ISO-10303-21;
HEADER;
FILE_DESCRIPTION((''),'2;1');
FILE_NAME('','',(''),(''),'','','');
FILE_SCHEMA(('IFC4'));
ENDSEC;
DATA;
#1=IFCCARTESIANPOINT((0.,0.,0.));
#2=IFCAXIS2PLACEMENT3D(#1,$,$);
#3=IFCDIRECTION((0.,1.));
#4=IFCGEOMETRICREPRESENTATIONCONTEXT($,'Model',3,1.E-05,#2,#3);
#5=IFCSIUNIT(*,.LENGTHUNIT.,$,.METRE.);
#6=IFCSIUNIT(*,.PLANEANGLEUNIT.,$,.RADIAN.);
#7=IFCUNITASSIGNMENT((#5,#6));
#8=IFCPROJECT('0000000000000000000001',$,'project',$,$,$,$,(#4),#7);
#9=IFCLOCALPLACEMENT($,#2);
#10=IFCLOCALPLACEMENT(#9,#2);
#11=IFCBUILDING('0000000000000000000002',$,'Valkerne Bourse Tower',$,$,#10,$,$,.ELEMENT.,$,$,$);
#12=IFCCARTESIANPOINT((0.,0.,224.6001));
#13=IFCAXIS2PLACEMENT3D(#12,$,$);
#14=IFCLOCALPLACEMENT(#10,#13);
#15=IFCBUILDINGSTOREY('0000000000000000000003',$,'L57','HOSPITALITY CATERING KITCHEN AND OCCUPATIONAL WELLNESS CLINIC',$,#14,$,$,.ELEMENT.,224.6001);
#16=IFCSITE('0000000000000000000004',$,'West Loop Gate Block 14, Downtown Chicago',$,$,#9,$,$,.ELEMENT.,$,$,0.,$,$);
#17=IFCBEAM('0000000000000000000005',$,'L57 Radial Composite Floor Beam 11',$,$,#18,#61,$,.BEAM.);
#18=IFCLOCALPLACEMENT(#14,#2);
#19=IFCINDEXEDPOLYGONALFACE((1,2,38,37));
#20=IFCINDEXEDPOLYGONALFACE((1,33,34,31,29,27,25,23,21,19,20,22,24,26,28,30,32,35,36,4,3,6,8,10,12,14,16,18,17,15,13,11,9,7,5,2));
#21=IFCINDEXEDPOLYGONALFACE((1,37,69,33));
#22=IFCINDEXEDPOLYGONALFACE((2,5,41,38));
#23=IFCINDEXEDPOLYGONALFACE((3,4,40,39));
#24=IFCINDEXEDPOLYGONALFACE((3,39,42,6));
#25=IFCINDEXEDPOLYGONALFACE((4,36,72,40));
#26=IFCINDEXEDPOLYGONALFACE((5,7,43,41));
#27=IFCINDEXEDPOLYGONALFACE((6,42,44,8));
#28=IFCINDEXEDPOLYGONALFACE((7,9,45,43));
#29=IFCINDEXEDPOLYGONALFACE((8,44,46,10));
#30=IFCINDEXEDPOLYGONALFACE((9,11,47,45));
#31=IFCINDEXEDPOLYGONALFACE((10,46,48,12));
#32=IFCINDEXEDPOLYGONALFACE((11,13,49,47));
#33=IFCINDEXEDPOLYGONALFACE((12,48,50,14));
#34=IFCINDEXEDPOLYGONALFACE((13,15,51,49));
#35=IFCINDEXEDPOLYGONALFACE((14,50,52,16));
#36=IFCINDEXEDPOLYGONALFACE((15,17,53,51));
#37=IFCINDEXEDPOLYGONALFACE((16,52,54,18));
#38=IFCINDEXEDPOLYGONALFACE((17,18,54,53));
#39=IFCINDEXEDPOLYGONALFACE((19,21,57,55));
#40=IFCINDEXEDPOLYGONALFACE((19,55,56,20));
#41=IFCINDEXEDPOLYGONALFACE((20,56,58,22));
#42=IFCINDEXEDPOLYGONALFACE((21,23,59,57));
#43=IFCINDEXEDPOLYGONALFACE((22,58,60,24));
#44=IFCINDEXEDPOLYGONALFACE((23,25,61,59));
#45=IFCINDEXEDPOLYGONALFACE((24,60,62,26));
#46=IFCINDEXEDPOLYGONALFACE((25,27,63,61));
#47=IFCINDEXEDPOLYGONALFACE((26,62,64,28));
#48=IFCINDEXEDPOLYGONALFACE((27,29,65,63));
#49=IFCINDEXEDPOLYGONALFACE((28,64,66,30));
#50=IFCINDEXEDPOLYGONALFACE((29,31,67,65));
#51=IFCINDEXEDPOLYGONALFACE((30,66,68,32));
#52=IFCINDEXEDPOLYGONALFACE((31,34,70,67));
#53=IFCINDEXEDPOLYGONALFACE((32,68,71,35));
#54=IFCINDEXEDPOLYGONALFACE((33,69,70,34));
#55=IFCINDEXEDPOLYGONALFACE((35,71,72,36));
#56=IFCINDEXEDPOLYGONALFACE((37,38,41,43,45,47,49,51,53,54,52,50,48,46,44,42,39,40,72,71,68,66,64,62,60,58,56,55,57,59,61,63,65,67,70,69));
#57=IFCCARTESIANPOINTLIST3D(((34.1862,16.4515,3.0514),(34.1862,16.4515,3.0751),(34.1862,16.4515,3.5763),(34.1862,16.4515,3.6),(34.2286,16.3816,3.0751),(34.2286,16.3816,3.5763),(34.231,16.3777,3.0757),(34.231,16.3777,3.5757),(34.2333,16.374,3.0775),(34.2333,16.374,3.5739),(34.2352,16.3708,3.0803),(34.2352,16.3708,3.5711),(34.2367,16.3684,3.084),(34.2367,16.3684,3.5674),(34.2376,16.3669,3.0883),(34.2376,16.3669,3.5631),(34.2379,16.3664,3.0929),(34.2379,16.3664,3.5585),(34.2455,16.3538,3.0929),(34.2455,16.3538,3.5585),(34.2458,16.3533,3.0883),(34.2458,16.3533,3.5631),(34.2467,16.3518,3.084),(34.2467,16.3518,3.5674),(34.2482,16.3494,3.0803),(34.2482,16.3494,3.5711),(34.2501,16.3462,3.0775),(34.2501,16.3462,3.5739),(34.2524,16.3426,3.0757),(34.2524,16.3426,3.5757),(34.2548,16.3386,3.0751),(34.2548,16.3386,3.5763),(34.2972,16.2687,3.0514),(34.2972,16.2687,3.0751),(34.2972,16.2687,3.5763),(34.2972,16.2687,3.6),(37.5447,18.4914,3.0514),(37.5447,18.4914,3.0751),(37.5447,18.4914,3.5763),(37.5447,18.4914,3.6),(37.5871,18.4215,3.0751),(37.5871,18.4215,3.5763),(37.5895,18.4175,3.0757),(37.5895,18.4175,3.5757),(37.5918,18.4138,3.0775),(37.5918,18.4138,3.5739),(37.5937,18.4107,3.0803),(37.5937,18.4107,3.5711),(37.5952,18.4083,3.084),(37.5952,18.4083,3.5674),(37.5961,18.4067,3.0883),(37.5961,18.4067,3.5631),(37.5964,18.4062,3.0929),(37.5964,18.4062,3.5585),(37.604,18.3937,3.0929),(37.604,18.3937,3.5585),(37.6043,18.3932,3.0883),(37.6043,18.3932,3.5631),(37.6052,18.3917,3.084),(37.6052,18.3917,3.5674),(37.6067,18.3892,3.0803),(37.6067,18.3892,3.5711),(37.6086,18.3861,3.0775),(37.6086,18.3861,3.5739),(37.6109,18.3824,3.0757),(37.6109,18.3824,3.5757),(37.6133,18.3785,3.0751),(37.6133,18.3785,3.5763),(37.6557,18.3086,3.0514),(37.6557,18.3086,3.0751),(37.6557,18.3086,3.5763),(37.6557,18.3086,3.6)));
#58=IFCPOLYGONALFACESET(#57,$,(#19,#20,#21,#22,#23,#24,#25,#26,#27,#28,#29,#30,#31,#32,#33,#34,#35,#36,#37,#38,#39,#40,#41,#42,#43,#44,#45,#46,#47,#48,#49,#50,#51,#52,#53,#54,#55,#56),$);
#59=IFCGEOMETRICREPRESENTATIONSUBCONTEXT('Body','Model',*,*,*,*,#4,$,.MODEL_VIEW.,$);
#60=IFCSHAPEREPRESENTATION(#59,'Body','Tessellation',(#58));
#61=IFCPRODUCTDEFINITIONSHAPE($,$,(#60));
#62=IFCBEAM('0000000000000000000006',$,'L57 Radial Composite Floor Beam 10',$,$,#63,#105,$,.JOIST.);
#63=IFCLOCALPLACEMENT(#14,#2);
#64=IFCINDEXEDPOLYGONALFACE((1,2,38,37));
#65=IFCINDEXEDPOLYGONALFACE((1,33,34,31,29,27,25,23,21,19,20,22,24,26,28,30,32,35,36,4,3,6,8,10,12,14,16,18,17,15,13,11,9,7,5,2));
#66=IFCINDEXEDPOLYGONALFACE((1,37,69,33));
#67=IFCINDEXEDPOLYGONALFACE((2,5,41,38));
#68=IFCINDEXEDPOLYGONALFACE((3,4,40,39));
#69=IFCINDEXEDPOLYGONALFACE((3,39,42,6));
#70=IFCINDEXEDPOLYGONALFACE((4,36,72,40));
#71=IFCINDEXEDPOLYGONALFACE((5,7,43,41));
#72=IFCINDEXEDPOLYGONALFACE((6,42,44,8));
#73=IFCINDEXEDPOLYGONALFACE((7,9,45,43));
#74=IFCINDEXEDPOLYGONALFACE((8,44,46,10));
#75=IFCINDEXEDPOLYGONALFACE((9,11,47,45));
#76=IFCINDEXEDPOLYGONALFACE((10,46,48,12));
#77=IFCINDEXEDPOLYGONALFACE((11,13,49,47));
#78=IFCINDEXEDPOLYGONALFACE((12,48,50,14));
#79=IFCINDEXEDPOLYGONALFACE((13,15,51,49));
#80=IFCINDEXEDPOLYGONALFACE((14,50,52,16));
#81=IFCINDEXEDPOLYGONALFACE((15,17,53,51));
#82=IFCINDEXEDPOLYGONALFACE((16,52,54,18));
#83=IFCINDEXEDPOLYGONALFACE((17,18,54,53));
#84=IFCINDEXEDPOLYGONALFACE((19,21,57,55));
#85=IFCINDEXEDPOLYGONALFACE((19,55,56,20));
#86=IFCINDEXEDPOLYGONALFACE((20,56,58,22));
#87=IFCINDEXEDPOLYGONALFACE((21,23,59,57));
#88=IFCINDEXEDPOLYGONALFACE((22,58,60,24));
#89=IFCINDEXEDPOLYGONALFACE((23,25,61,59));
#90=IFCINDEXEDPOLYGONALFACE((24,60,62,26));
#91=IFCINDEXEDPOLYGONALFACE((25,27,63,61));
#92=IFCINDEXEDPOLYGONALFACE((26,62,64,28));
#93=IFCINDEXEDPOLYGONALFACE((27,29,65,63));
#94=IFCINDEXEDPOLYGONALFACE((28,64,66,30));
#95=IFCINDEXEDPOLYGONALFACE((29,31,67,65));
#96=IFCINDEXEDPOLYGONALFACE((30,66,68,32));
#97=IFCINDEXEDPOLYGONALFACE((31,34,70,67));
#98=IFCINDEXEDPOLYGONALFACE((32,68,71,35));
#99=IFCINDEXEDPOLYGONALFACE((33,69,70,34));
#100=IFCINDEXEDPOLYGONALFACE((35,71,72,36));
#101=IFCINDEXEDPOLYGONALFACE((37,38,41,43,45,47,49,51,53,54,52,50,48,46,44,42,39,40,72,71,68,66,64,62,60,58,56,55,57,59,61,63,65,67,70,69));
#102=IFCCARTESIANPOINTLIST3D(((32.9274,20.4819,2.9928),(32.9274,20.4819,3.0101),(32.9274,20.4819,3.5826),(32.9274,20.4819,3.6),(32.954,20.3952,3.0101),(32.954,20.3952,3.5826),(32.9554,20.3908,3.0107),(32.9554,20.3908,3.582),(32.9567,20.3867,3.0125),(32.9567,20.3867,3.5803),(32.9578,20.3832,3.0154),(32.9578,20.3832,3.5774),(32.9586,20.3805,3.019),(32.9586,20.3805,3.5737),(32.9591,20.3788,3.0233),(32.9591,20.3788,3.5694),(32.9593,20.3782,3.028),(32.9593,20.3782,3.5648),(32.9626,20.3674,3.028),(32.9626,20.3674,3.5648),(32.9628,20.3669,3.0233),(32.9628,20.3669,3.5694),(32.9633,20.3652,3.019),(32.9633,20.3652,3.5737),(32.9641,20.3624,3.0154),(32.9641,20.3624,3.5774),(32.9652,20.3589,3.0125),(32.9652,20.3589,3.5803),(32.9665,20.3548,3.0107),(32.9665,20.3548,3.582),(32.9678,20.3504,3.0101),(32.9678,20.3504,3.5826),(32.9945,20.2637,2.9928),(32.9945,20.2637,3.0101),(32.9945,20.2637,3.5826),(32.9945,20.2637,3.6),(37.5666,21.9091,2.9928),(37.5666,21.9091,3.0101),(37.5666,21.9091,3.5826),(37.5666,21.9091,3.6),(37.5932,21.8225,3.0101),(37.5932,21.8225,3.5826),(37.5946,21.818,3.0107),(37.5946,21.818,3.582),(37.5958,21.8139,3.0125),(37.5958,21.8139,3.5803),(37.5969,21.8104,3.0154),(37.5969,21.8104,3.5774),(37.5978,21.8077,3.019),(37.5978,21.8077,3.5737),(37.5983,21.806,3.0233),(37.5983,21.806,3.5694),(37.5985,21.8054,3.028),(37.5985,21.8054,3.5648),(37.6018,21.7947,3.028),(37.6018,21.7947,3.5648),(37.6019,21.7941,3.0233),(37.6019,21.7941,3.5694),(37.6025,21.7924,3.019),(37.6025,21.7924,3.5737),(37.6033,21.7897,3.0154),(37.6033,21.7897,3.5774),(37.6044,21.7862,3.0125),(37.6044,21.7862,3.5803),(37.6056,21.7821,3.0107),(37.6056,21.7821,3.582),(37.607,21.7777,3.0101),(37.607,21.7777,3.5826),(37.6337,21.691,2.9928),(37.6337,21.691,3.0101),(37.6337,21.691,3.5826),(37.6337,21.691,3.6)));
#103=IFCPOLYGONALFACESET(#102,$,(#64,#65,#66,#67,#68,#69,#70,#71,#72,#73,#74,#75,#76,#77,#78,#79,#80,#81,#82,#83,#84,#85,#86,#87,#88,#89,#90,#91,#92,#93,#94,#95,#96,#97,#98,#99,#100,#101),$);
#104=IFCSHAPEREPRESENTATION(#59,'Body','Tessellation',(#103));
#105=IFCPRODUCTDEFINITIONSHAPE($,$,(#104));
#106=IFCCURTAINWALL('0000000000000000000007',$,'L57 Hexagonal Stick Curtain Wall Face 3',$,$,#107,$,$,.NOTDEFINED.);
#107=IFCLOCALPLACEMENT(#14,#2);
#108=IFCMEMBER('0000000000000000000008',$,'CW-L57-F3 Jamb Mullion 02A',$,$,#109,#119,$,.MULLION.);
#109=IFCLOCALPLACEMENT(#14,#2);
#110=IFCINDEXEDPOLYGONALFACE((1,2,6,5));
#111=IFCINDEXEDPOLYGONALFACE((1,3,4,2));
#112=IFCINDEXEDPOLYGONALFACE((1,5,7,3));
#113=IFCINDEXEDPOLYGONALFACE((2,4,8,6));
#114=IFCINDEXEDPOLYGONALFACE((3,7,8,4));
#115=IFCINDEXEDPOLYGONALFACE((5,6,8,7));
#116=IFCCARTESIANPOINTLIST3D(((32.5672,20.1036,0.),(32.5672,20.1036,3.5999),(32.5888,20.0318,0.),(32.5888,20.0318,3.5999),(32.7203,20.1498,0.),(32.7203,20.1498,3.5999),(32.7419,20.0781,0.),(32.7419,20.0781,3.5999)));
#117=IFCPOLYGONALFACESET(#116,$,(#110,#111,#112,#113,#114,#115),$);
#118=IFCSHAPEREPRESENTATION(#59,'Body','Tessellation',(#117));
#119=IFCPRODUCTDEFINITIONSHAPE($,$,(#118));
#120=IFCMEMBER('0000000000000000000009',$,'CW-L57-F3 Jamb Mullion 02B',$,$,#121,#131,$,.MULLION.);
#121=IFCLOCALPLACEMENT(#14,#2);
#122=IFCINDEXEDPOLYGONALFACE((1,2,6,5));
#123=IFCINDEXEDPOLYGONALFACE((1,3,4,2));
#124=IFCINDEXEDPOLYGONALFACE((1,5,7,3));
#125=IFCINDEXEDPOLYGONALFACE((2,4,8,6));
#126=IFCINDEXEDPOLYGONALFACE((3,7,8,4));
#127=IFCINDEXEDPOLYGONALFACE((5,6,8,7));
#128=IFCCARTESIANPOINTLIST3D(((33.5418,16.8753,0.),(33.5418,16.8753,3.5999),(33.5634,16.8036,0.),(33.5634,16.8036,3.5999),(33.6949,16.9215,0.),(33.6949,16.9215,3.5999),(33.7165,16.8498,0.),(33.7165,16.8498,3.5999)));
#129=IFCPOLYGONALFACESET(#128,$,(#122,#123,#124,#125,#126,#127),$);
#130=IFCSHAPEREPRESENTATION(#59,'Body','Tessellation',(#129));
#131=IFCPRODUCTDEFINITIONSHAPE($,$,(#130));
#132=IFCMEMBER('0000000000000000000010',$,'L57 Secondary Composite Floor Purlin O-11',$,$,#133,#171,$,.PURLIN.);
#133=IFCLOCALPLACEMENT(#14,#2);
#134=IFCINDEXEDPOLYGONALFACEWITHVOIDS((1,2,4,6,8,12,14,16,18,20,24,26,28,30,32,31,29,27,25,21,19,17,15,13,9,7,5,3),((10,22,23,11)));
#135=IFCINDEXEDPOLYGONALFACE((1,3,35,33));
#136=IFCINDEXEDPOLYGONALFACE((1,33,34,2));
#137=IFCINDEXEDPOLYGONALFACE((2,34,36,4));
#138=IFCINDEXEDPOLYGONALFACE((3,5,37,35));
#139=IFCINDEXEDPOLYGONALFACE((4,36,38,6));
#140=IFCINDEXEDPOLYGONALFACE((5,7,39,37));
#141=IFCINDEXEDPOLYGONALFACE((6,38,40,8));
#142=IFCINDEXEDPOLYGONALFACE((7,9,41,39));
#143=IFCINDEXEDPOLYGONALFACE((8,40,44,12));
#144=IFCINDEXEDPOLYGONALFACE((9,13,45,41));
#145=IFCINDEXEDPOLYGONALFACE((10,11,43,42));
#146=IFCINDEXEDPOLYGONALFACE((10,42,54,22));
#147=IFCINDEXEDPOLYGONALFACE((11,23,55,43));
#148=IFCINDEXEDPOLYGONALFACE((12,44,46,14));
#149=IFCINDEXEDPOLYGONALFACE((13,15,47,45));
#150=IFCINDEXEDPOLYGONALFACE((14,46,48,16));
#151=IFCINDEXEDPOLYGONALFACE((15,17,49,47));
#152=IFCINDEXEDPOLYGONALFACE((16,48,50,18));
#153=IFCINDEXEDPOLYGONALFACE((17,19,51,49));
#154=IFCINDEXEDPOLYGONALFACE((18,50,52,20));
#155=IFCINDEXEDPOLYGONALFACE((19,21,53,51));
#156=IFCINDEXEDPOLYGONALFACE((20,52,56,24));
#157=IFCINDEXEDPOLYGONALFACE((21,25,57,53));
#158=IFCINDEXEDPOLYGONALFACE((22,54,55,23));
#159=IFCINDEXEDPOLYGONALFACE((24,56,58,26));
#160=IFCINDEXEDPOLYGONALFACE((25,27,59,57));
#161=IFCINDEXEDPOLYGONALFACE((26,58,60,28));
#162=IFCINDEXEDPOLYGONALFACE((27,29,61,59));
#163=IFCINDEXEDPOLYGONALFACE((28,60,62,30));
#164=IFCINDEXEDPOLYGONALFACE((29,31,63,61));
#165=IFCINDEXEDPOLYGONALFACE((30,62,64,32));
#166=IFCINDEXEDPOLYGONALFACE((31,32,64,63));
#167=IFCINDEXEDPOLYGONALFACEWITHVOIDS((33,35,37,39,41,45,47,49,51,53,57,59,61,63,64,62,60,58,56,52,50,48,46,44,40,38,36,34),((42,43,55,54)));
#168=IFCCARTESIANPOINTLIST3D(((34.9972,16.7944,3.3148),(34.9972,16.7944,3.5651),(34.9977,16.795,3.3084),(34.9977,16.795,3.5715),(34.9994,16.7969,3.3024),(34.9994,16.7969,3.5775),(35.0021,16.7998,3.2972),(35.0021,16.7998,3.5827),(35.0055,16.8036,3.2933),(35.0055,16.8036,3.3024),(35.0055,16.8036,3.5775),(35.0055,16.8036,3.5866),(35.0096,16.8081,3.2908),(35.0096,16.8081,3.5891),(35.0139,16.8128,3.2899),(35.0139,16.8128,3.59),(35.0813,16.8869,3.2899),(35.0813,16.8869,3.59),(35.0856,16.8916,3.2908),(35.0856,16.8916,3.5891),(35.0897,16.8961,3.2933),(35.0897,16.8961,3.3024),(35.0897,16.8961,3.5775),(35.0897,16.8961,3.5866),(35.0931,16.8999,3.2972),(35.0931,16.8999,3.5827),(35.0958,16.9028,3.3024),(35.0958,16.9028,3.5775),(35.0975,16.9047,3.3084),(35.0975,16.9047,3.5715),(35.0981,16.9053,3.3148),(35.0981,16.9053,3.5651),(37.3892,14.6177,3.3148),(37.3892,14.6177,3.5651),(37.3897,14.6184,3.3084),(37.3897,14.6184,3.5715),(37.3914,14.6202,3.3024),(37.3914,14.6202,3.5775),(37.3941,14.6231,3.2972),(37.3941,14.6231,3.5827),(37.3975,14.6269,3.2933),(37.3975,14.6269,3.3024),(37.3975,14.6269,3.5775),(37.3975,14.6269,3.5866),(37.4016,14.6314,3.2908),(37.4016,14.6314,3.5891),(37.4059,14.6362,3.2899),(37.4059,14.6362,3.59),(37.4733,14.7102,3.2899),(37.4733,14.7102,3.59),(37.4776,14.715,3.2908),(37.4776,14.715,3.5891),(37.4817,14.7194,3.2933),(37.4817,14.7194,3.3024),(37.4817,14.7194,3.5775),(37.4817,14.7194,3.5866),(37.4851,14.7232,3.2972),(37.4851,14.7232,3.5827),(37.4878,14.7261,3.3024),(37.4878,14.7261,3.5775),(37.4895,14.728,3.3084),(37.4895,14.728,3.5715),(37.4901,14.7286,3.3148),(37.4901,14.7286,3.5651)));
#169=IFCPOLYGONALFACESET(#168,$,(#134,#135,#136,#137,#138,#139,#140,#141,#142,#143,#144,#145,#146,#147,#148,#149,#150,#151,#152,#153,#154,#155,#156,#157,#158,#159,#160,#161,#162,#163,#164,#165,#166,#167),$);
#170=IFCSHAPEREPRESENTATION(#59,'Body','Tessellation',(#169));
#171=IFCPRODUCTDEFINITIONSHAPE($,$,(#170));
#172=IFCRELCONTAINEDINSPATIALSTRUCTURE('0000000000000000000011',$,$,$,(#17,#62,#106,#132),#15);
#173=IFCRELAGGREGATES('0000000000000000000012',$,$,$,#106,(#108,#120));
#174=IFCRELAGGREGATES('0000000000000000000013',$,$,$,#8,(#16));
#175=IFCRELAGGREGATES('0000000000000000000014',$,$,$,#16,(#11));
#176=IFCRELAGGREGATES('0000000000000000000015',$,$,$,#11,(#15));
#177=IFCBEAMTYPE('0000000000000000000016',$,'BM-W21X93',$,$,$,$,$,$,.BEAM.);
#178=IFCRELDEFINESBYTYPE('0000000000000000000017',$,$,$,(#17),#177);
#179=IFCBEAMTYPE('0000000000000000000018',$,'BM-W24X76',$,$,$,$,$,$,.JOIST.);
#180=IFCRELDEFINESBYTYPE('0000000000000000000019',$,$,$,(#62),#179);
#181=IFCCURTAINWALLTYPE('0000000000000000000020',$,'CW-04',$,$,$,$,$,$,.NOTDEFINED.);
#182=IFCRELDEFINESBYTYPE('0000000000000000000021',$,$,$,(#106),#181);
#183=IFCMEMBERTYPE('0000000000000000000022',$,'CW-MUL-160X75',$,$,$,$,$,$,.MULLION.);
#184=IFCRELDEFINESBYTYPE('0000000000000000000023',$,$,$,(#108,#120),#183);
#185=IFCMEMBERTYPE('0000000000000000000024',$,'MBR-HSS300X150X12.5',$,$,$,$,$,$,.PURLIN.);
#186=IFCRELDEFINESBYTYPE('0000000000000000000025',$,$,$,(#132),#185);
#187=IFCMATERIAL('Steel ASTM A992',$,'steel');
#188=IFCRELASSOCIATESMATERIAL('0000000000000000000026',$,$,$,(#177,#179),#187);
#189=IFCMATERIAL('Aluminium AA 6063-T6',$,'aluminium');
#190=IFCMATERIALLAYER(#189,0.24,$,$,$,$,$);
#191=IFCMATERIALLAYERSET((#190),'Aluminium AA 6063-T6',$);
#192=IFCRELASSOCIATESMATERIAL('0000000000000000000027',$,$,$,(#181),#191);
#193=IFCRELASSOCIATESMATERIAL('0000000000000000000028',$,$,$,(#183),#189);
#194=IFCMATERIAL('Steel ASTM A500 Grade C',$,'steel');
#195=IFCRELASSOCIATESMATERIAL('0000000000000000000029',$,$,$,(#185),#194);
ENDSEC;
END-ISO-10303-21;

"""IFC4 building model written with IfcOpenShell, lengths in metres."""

from ifc_helpers import new_model, si_unit, direction, frame, origin, origin_2d, place, context, subcontext, project, spatial, rectangle, hollow_rectangle, i_section, extrude, material, layer, layer_set, material_profile, profile_set, type_object, element, aggregate, save


model = new_model("IFC4")

# Units and contexts
model_context = context("Model", 3, precision=1e-05, world=origin(), true_north=direction((0.0, 1.0)))
body_context = subcontext(model_context, "Body", "Model", "MODEL_VIEW")
ifc_project = project(units=[si_unit("LENGTHUNIT", "METRE"), si_unit("PLANEANGLEUNIT", "RADIAN")], contexts=[model_context])

# Site, building, storey
site_placement = place(None, origin())
site = spatial("IfcSite", under=ifc_project, at=site_placement, Name="West Loop Gate Block 14, Downtown Chicago", CompositionType="ELEMENT", RefElevation=0.0)
building_placement = place(site_placement, origin())
building = spatial("IfcBuilding", under=site, at=building_placement, Name="Valkerne Bourse Tower", CompositionType="ELEMENT")
storey_placement = place(building_placement, frame((0.0, 0.0, 224.6001)))
storey = spatial("IfcBuildingStorey", under=building, at=storey_placement, Name="L57", Description="HOSPITALITY CATERING KITCHEN AND OCCUPATIONAL WELLNESS CLINIC", CompositionType="ELEMENT", Elevation=224.6001)

# Beams
ifc_material_1 = material(Name="Steel ASTM A992", Category="steel")
ifc_material_profile_1 = material_profile(ifc_material_1, i_section(OverallWidth=0.2139, OverallDepth=0.5486, WebThickness=0.0146, FlangeThickness=0.0237, FilletRadius=0.0178, at=origin_2d()), Name="W21X93")
ifc_profile_set_1 = profile_set([ifc_material_profile_1], Name="Steel ASTM A992")
beam_type_1 = type_object("IfcBeamType", Name="BM-W21X93", PredefinedType="BEAM", material=ifc_profile_set_1)
beam_1_placement = place(storey_placement, frame((34.2417, 16.3601, 3.3257), z_axis=(0.854701, 0.519121, 0.0), x_axis=(-0.519121, 0.854701, 0.0)))
element("IfcBeam", 1, at=beam_1_placement, inside=storey, type_object=beam_type_1, Name="L57 Radial Composite Floor Beam 11", PredefinedType="BEAM", context=body_context, shape_type="SweptSolid", body=[
    extrude(i_section(OverallWidth=0.2139, OverallDepth=0.5486, WebThickness=0.0146, FlangeThickness=0.0237, FilletRadius=0.0178, at=origin_2d()), origin(), (0.0, 0.0, 1.0), 3.9294),
])
ifc_material_profile_2 = material_profile(ifc_material_1, i_section(OverallWidth=0.2283, OverallDepth=0.6072, WebThickness=0.0112, FlangeThickness=0.0173, FilletRadius=0.0178, at=origin_2d()), Name="W24X76")
ifc_profile_set_2 = profile_set([ifc_material_profile_2], Name="Steel ASTM A992")
beam_type_2 = type_object("IfcBeamType", Name="BM-W24X76", PredefinedType="JOIST", material=ifc_profile_set_2)
beam_2_placement = place(storey_placement, frame((32.9609, 20.3728, 3.2964), z_axis=(0.95579, 0.294051, 0.0), x_axis=(-0.294051, 0.95579, 0.0)))
element("IfcBeam", 2, at=beam_2_placement, inside=storey, type_object=beam_type_2, Name="L57 Radial Composite Floor Beam 10", PredefinedType="JOIST", context=body_context, shape_type="SweptSolid", body=[
    extrude(i_section(OverallWidth=0.2283, OverallDepth=0.6072, WebThickness=0.0112, FlangeThickness=0.0173, FilletRadius=0.0178, at=origin_2d()), origin(), (0.0, 0.0, 1.0), 4.8538),
])

# Curtain wall, members
ifc_material_2 = material(Name="Aluminium AA 6063-T6", Category="aluminium")
ifc_layer_1 = layer(ifc_material_2, 0.24)
ifc_layer_set_1 = layer_set([ifc_layer_1], Name="Aluminium AA 6063-T6")
curtain_wall_type = type_object("IfcCurtainWallType", Name="CW-04", PredefinedType="NOTDEFINED", material=ifc_layer_set_1)
curtain_wall_placement = place(storey_placement, origin())
curtain_wall = element("IfcCurtainWall", 3, at=curtain_wall_placement, inside=storey, type_object=curtain_wall_type, Name="L57 Hexagonal Stick Curtain Wall Face 3", PredefinedType="NOTDEFINED")
ifc_material_profile_3 = material_profile(ifc_material_2, rectangle(XDim=0.075, YDim=0.1599, at=origin_2d()), Name="CWM-75X160")
ifc_profile_set_3 = profile_set([ifc_material_profile_3], Name="Aluminium AA 6063-T6")
member_type_1 = type_object("IfcMemberType", Name="CW-MUL-160X75", PredefinedType="MULLION", material=ifc_profile_set_3)
member_1_placement = place(storey_placement, frame((32.6545, 20.0908, 0.0), z_axis=(0.0, 0.0, 1.0), x_axis=(0.289027, -0.957321, 0.0)))
member_1 = element("IfcMember", 4, at=member_1_placement, type_object=member_type_1, Name="CW-L57-F3 Jamb Mullion 02A", PredefinedType="MULLION", context=body_context, shape_type="SweptSolid", body=[
    extrude(rectangle(XDim=0.075, YDim=0.1599, at=origin_2d()), origin(), (0.0, 0.0, 1.0), 3.5999),
])
member_2_placement = place(storey_placement, frame((33.6292, 16.8625, 0.0), z_axis=(0.0, 0.0, 1.0), x_axis=(0.289027, -0.957321, 0.0)))
member_2 = element("IfcMember", 5, at=member_2_placement, type_object=member_type_1, Name="CW-L57-F3 Jamb Mullion 02B", PredefinedType="MULLION", context=body_context, shape_type="SweptSolid", body=[
    extrude(rectangle(XDim=0.075, YDim=0.1599, at=origin_2d()), origin(), (0.0, 0.0, 1.0), 3.5999),
])

# Member
ifc_material_3 = material(Name="Steel ASTM A500 Grade C", Category="steel")
ifc_material_profile_4 = material_profile(ifc_material_3, hollow_rectangle(XDim=0.1499, YDim=0.3, WallThickness=0.0125, OuterFilletRadius=0.0249, at=origin_2d()), Name="HSS300X150X12.5")
ifc_profile_set_4 = profile_set([ifc_material_profile_4], Name="Steel ASTM A500 Grade C")
member_type_2 = type_object("IfcMemberType", Name="MBR-HSS300X150X12.5", PredefinedType="PURLIN", material=ifc_profile_set_4)
member_3_placement = place(storey_placement, frame((35.0476, 16.8499, 3.4399), z_axis=(0.739612, -0.673033, 0.0), x_axis=(0.673033, 0.739612, 0.0)))
element("IfcMember", 6, at=member_3_placement, inside=storey, type_object=member_type_2, Name="L57 Secondary Composite Floor Purlin O-11", PredefinedType="PURLIN", context=body_context, shape_type="SweptSolid", body=[
    extrude(hollow_rectangle(XDim=0.1499, YDim=0.3, WallThickness=0.0125, OuterFilletRadius=0.0249, at=origin_2d()), origin(), (0.0, 0.0, 1.0), 3.2341),
])

aggregate(curtain_wall, [member_1, member_2])

save(model, "model.ifc")
